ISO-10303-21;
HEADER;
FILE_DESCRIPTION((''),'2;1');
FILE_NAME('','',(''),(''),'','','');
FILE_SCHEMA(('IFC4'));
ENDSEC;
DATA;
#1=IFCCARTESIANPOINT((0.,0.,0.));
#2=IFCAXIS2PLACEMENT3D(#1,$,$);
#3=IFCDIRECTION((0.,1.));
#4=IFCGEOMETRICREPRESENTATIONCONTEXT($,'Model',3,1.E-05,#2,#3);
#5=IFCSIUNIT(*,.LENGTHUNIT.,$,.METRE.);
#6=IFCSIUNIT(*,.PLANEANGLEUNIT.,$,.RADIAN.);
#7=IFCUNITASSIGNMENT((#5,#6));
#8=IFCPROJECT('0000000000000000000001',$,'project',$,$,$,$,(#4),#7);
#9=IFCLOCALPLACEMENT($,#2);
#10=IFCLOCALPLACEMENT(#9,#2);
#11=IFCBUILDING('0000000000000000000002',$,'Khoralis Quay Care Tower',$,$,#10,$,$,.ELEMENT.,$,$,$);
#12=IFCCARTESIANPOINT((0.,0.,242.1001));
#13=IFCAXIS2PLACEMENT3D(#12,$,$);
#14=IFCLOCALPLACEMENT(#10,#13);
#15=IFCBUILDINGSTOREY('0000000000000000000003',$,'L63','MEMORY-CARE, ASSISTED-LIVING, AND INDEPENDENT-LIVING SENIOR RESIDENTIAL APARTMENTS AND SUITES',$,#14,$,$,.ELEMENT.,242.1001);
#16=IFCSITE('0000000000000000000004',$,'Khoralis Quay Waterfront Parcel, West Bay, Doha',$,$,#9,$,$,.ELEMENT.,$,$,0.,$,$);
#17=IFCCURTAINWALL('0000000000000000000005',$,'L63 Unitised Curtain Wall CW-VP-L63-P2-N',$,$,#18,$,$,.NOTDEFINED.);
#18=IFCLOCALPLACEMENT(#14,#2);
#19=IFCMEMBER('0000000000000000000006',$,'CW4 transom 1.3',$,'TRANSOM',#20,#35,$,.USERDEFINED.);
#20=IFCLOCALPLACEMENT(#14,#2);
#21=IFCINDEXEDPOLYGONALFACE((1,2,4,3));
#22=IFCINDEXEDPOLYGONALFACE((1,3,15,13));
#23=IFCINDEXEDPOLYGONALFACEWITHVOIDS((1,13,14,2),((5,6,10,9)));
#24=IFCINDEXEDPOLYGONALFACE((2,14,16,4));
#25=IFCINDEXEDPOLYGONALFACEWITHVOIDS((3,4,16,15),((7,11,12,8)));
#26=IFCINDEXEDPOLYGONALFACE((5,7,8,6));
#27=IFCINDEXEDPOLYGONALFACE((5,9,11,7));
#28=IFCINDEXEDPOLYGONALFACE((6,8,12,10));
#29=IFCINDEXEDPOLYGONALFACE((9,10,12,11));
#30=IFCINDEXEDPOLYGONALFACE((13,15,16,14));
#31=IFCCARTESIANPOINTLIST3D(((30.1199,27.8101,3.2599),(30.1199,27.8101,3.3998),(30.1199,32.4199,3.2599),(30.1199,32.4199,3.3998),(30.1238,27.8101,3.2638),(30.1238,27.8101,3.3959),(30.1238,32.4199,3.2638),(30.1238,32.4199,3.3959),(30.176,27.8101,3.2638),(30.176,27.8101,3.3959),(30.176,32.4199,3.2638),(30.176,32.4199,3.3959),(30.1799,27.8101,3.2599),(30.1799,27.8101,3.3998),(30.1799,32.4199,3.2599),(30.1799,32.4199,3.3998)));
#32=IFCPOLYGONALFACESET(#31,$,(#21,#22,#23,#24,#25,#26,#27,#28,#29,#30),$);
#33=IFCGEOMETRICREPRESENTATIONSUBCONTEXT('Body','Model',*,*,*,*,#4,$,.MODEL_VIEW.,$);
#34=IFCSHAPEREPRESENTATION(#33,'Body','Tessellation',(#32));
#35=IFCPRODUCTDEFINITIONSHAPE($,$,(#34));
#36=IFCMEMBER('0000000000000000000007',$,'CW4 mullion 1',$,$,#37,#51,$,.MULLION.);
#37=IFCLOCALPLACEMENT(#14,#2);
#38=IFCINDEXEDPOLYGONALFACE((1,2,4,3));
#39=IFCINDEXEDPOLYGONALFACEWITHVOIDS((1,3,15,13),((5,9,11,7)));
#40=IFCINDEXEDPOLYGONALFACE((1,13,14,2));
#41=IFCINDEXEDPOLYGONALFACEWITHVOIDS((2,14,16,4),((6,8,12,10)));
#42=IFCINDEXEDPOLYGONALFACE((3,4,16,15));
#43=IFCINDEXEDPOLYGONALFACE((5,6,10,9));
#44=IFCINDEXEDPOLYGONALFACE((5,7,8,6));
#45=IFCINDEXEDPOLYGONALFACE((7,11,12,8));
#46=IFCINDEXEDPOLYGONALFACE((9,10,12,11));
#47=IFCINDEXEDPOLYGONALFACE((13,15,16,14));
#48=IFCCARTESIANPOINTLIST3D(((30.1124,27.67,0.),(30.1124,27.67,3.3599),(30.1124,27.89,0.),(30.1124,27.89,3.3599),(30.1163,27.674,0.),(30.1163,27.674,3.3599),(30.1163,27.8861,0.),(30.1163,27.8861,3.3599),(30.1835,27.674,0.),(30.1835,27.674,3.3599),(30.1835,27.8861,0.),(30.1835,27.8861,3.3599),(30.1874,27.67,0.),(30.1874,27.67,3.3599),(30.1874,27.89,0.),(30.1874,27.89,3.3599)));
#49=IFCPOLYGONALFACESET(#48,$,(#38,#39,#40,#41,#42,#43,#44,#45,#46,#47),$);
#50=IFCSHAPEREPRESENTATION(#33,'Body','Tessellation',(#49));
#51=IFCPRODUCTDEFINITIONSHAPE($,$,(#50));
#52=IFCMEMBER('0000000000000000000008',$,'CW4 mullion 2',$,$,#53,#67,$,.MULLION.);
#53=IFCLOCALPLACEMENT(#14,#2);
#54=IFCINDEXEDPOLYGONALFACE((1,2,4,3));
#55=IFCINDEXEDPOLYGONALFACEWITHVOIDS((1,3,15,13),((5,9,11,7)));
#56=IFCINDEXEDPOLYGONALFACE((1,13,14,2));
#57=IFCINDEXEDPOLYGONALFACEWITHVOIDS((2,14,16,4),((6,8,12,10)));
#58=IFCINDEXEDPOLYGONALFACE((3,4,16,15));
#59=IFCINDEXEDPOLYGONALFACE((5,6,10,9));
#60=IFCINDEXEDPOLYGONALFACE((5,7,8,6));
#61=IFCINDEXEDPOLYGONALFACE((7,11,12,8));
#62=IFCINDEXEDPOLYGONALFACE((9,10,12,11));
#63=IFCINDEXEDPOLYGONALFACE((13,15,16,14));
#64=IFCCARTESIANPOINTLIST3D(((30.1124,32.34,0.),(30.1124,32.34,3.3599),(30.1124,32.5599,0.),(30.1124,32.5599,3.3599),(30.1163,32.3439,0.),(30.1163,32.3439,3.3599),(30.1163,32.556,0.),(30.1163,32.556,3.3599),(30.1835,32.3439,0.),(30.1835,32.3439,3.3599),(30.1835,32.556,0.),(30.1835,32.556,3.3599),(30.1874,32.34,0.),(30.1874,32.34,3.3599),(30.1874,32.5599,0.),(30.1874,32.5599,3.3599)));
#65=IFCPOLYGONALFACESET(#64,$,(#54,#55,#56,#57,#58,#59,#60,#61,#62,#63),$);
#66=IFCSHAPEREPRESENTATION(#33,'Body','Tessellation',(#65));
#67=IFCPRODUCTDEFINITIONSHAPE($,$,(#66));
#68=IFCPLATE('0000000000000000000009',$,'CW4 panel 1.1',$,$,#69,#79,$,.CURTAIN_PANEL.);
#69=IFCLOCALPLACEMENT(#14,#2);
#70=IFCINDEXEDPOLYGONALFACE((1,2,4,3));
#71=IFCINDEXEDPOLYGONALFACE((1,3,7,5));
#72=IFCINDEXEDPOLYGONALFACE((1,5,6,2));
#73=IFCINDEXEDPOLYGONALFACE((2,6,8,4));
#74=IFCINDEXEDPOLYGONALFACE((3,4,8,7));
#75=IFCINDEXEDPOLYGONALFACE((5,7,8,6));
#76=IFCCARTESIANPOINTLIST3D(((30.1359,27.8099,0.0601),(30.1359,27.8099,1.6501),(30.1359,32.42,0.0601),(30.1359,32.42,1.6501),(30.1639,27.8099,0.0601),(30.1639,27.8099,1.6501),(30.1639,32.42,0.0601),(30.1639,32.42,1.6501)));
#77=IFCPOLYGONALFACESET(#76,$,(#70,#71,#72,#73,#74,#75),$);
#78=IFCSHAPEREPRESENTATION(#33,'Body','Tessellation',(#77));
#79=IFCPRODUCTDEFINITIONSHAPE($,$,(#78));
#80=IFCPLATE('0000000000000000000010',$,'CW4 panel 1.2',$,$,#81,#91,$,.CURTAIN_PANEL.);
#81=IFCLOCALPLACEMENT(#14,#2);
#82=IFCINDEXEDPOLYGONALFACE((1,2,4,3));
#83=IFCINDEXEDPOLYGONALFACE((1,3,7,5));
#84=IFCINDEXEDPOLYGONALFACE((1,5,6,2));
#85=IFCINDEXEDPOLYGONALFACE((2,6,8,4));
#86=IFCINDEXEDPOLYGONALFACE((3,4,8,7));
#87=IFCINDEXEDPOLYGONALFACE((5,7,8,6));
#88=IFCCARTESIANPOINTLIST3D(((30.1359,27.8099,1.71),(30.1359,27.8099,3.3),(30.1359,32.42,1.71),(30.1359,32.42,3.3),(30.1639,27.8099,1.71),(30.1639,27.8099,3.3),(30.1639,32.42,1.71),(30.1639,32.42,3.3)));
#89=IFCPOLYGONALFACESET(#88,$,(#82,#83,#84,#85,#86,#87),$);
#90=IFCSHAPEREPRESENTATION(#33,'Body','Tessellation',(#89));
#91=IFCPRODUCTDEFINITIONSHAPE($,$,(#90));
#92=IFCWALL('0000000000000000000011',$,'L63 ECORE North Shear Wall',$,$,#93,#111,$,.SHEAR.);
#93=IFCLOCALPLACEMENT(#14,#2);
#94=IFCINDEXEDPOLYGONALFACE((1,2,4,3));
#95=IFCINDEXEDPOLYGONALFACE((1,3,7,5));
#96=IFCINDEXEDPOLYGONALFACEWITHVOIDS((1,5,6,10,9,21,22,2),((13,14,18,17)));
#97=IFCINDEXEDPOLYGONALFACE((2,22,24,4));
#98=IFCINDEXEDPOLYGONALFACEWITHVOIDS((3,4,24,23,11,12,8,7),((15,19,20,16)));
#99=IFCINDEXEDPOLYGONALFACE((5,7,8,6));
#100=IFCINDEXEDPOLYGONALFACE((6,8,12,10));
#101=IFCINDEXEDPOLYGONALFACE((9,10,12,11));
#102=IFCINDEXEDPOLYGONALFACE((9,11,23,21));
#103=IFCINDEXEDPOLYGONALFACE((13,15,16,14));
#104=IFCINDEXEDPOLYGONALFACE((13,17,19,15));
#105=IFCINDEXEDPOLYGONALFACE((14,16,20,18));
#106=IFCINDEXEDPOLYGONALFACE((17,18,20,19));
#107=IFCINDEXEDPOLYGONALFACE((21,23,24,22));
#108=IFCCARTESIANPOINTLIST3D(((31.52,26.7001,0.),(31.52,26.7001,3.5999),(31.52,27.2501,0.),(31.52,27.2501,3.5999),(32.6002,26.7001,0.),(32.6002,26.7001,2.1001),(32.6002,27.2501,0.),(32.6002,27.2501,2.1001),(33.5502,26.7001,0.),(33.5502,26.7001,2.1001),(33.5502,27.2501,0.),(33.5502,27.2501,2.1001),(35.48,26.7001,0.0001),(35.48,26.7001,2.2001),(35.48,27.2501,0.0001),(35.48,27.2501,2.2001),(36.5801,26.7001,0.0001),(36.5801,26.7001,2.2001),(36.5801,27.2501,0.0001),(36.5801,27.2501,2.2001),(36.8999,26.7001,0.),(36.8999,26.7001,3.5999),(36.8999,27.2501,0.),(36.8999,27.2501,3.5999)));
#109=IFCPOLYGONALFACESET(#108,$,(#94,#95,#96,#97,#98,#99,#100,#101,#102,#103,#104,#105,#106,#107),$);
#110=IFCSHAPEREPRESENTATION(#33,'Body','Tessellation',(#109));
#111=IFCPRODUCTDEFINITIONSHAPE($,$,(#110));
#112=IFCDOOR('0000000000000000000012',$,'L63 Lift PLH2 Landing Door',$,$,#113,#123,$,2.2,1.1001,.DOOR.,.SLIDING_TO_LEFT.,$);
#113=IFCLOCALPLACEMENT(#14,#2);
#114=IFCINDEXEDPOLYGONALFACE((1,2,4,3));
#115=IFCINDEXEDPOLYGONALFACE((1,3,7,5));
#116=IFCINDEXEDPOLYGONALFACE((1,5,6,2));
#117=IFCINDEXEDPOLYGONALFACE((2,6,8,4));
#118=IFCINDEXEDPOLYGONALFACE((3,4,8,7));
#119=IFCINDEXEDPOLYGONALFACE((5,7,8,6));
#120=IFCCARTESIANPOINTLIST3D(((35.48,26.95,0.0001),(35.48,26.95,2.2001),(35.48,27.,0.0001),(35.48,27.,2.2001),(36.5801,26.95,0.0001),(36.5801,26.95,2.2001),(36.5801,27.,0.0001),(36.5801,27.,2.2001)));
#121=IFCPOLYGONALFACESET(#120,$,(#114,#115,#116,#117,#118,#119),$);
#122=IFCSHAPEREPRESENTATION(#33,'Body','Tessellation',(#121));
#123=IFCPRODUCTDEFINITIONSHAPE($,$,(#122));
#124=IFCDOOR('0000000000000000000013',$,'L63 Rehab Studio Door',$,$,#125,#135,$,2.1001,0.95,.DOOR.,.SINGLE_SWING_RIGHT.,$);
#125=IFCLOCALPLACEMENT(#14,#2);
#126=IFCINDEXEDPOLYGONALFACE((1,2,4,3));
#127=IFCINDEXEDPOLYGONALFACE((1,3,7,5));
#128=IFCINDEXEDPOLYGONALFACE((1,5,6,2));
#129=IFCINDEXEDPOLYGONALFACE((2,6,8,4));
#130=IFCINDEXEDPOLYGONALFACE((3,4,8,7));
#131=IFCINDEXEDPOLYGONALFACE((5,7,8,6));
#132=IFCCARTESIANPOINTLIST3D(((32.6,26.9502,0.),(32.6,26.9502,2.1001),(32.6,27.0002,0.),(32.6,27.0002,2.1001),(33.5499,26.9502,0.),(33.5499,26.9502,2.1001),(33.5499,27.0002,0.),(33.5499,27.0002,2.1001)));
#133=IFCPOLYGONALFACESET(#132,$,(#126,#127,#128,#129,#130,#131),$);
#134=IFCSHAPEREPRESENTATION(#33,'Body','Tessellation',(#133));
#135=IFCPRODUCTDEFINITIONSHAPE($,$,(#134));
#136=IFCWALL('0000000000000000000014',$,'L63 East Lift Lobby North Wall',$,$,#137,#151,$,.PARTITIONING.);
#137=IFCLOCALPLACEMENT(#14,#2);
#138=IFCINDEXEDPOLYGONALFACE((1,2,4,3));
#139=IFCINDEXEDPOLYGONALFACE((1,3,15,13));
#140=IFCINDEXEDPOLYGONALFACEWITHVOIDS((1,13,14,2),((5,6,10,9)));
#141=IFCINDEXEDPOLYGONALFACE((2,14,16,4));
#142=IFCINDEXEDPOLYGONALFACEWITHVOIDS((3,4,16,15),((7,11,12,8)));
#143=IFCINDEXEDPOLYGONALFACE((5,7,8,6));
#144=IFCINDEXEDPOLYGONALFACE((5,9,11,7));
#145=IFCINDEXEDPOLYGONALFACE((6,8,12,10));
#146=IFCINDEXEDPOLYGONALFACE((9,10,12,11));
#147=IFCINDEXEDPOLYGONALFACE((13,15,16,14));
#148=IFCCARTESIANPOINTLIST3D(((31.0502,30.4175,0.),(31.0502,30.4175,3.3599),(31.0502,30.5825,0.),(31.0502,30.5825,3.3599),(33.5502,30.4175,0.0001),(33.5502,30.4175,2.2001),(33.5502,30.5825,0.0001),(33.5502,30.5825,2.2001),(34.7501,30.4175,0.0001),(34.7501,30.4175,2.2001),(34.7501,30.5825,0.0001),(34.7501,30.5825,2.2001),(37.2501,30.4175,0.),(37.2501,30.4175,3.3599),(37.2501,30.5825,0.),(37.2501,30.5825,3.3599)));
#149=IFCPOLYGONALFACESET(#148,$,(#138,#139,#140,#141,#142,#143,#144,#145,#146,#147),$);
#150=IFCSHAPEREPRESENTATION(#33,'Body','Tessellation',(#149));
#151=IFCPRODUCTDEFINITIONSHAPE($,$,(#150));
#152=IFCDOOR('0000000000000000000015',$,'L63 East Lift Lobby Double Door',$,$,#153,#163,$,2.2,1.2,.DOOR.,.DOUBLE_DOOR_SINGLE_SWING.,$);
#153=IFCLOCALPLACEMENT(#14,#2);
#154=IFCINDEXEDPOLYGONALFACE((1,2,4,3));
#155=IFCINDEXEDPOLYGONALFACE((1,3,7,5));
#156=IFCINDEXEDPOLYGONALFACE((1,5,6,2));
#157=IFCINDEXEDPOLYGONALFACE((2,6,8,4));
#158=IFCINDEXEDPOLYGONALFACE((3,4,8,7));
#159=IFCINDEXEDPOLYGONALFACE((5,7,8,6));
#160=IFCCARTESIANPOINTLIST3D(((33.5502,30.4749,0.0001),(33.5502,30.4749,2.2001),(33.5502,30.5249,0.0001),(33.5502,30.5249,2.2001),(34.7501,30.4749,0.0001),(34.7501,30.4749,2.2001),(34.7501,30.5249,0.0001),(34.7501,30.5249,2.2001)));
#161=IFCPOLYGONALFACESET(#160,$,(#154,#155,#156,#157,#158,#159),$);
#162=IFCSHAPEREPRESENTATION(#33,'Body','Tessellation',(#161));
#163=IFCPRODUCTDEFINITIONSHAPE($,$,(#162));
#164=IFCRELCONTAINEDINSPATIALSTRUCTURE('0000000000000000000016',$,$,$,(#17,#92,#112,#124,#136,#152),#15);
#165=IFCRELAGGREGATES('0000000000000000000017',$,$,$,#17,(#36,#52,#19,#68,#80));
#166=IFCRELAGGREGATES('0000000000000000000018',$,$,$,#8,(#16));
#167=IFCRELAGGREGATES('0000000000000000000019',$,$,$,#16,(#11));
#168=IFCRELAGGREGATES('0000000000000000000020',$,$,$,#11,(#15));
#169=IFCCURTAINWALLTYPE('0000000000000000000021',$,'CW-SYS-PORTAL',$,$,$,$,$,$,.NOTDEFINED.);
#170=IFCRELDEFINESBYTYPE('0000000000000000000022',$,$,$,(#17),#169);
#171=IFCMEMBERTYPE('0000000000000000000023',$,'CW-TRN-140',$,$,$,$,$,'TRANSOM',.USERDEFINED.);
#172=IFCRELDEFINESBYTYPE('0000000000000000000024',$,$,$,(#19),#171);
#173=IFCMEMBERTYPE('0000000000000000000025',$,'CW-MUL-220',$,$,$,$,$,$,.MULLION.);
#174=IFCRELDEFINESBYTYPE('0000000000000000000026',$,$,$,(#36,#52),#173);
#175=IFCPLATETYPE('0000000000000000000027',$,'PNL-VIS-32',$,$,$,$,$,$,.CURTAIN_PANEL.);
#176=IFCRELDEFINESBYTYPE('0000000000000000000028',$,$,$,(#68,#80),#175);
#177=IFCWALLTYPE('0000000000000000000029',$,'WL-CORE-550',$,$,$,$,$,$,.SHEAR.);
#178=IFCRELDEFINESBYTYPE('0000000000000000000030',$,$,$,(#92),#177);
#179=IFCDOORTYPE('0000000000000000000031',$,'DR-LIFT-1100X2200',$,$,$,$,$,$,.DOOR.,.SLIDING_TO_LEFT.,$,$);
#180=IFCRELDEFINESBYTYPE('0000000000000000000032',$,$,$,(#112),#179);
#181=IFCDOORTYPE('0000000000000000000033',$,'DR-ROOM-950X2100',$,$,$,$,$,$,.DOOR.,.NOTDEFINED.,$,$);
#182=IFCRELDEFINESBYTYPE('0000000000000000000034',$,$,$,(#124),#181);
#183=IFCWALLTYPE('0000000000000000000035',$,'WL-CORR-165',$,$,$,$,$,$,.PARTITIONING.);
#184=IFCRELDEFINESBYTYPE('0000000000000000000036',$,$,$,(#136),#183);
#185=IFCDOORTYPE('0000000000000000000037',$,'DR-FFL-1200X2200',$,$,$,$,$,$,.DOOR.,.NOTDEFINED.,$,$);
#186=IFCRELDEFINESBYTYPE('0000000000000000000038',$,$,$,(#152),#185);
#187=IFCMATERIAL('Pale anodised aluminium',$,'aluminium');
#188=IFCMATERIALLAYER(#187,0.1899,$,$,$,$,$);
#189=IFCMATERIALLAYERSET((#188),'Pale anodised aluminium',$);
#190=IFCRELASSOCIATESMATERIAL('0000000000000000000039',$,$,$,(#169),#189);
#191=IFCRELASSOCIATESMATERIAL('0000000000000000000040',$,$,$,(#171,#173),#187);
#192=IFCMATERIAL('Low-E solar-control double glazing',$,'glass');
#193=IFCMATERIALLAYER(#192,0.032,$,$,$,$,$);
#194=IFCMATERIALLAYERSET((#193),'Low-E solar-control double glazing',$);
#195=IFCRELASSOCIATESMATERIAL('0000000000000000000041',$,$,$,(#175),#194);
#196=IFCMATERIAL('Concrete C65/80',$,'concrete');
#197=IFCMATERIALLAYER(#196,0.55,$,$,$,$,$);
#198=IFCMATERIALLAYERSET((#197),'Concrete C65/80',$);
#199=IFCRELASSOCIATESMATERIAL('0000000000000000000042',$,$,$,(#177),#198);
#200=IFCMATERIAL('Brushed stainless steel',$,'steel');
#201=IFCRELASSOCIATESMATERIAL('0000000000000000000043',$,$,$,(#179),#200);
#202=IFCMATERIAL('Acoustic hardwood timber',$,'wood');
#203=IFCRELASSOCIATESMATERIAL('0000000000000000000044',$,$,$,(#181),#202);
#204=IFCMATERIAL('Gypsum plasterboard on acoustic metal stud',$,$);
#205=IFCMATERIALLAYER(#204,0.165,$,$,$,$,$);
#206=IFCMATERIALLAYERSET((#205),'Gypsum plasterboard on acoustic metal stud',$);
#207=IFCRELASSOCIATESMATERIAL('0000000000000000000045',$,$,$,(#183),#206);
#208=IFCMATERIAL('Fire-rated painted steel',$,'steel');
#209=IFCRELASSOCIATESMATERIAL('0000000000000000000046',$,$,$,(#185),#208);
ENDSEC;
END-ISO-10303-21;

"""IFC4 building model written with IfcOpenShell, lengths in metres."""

from ifc_helpers import new_model, si_unit, direction, frame, frame_2d, origin, origin_2d, place, context, subcontext, project, spatial, rectangle, hollow_rectangle, extrude, source, transform, mapped, material, layer, layer_set, material_profile, profile_set, type_object, element, fill, aggregate, save


model = new_model("IFC4")

# Units and contexts
model_context = context("Model", 3, precision=1e-05, world=origin(), true_north=direction((0.0, 1.0)))
body_context = subcontext(model_context, "Body", "Model", "MODEL_VIEW")
ifc_project = project(units=[si_unit("LENGTHUNIT", "METRE"), si_unit("PLANEANGLEUNIT", "RADIAN")], contexts=[model_context])

# Site, building, storey
site_placement = place(None, origin())
site = spatial("IfcSite", under=ifc_project, at=site_placement, Name="Khoralis Quay Waterfront Parcel, West Bay, Doha", CompositionType="ELEMENT", RefElevation=0.0)
building_placement = place(site_placement, origin())
building = spatial("IfcBuilding", under=site, at=building_placement, Name="Khoralis Quay Care Tower", CompositionType="ELEMENT")
storey_placement = place(building_placement, frame((0.0, 0.0, 242.1001)))
storey = spatial("IfcBuildingStorey", under=building, at=storey_placement, Name="L63", Description="MEMORY-CARE, ASSISTED-LIVING, AND INDEPENDENT-LIVING SENIOR RESIDENTIAL APARTMENTS AND SUITES", CompositionType="ELEMENT", Elevation=242.1001)

# Curtain wall, members, plates
ifc_material_1 = material(Name="Pale anodised aluminium", Category="aluminium")
ifc_layer_1 = layer(ifc_material_1, 0.1899)
ifc_layer_set_1 = layer_set([ifc_layer_1], Name="Pale anodised aluminium")
curtain_wall_type = type_object("IfcCurtainWallType", Name="CW-SYS-PORTAL", PredefinedType="NOTDEFINED", material=ifc_layer_set_1)
curtain_wall_placement = place(storey_placement, origin())
curtain_wall = element("IfcCurtainWall", 1, at=curtain_wall_placement, inside=storey, type_object=curtain_wall_type, Name="L63 Unitised Curtain Wall CW-VP-L63-P2-N", PredefinedType="NOTDEFINED")
ifc_material_profile_1 = material_profile(ifc_material_1, hollow_rectangle(XDim=0.0601, YDim=0.1399, WallThickness=0.0039, at=origin_2d()), Name="Pale anodised aluminium")
ifc_profile_set_1 = profile_set([ifc_material_profile_1], Name="Pale anodised aluminium")
member_type_1 = type_object("IfcMemberType", Name="CW-TRN-140", ElementType="TRANSOM", PredefinedType="USERDEFINED", material=ifc_profile_set_1)
shared_shape_1 = source(origin(), body_context, "Body", "SweptSolid", [
    extrude(hollow_rectangle(XDim=0.0601, YDim=0.1399, WallThickness=0.0039, at=origin_2d()), origin(), (0.0, 0.0, 1.0), 4.6099),
])
member_1_placement = place(storey_placement, frame((30.1499, 27.8101, 3.3298), z_axis=(0.0, 1.0, 0.0), x_axis=(-1.0, 0.0, 0.0)))
member_1 = element("IfcMember", 2, at=member_1_placement, type_object=member_type_1, Name="CW4 transom 1.3", ObjectType="TRANSOM", PredefinedType="USERDEFINED", context=body_context, shape_type="MappedRepresentation", body=[
    mapped(shared_shape_1, transform((0.0, 0.0, 0.0), scale=1.0)),
])
ifc_material_profile_2 = material_profile(ifc_material_1, hollow_rectangle(XDim=0.075, YDim=0.22, WallThickness=0.0039, at=origin_2d()), Name="Pale anodised aluminium")
ifc_profile_set_2 = profile_set([ifc_material_profile_2], Name="Pale anodised aluminium")
member_type_2 = type_object("IfcMemberType", Name="CW-MUL-220", PredefinedType="MULLION", material=ifc_profile_set_2)
shared_shape_2 = source(origin(), body_context, "Body", "SweptSolid", [
    extrude(hollow_rectangle(XDim=0.075, YDim=0.22, WallThickness=0.0039, at=origin_2d()), origin(), (0.0, 0.0, 1.0), 3.3599),
])
member_2_placement = place(storey_placement, frame((30.1499, 27.78, 0.0), z_axis=(0.0, 0.0, 1.0), x_axis=(-1.0, 0.0, 0.0)))
member_2 = element("IfcMember", 3, at=member_2_placement, type_object=member_type_2, Name="CW4 mullion 1", PredefinedType="MULLION", context=body_context, shape_type="MappedRepresentation", body=[
    mapped(shared_shape_2, transform((0.0, 0.0, 0.0), scale=1.0)),
])
member_3_placement = place(storey_placement, frame((30.1499, 32.45, 0.0), z_axis=(0.0, 0.0, 1.0), x_axis=(-1.0, 0.0, 0.0)))
member_3 = element("IfcMember", 4, at=member_3_placement, type_object=member_type_2, Name="CW4 mullion 2", PredefinedType="MULLION", context=body_context, shape_type="MappedRepresentation", body=[
    mapped(shared_shape_2, transform((0.0, 0.0, 0.0), scale=1.0)),
])
ifc_material_2 = material(Name="Low-E solar-control double glazing", Category="glass")
ifc_layer_2 = layer(ifc_material_2, 0.032)
ifc_layer_set_2 = layer_set([ifc_layer_2], Name="Low-E solar-control double glazing")
plate_type = type_object("IfcPlateType", Name="PNL-VIS-32", PredefinedType="CURTAIN_PANEL", material=ifc_layer_set_2)
shared_shape_3 = source(origin(), body_context, "Body", "SweptSolid", [
    extrude(rectangle(XDim=4.6101, YDim=0.0281, at=origin_2d()), origin(), (0.0, 0.0, 1.0), 1.5901),
])
plate_1_placement = place(storey_placement, frame((30.1499, 30.115, 0.0601), z_axis=(0.0, 0.0, 1.0), x_axis=(0.0, 1.0, 0.0)))
plate_1 = element("IfcPlate", 5, at=plate_1_placement, type_object=plate_type, Name="CW4 panel 1.1", PredefinedType="CURTAIN_PANEL", context=body_context, shape_type="MappedRepresentation", body=[
    mapped(shared_shape_3, transform((0.0, 0.0, 0.0), scale=1.0)),
])
plate_2_placement = place(storey_placement, frame((30.1499, 30.115, 1.71), z_axis=(0.0, 0.0, 1.0), x_axis=(0.0, 1.0, 0.0)))
plate_2 = element("IfcPlate", 6, at=plate_2_placement, type_object=plate_type, Name="CW4 panel 1.2", PredefinedType="CURTAIN_PANEL", context=body_context, shape_type="MappedRepresentation", body=[
    mapped(shared_shape_3, transform((0.0, 0.0, 0.0), scale=1.0)),
])
aggregate(curtain_wall, [member_2, member_3, member_1, plate_1, plate_2])

# Wall, openings, doors
ifc_material_3 = material(Name="Concrete C65/80", Category="concrete")
ifc_layer_3 = layer(ifc_material_3, 0.55)
ifc_layer_set_3 = layer_set([ifc_layer_3], Name="Concrete C65/80")
wall_type_1 = type_object("IfcWallType", Name="WL-CORE-550", PredefinedType="SHEAR", material=ifc_layer_set_3)
wall_1_placement = place(storey_placement, frame((31.52, 26.9751, 0.0), z_axis=(0.0, 0.0, 1.0), x_axis=(1.0, 0.0, 0.0)))
wall_1 = element("IfcWall", 7, at=wall_1_placement, inside=storey, type_object=wall_type_1, Name="L63 ECORE North Shear Wall", PredefinedType="SHEAR", context=body_context, shape_type="SweptSolid", body=[
    extrude(rectangle(XDim=5.3799, YDim=0.55, at=frame_2d((2.6899, 0.0))), origin(), (0.0, 0.0, 1.0), 3.5999),
])
opening_1_placement = place(wall_1_placement, frame((1.0801, 0.0, 0.0)))
opening_1 = element("IfcOpeningElement", 8, at=opening_1_placement, cuts=wall_1, PredefinedType="OPENING", context=body_context, shape_type="SweptSolid", body=[
    extrude(rectangle(XDim=0.95, YDim=2.1001, at=frame_2d((0.4751, 1.05))), frame((0.0, 0.2852, 0.0), z_axis=(0.0, -1.0, 0.0), x_axis=(1.0, 0.0, 0.0)), (0.0, 0.0, 1.0), 0.5701),
])
opening_2_placement = place(wall_1_placement, frame((3.96, 0.0, 0.0)))
opening_2 = element("IfcOpeningElement", 9, at=opening_2_placement, cuts=wall_1, PredefinedType="OPENING", context=body_context, shape_type="SweptSolid", body=[
    extrude(rectangle(XDim=1.1001, YDim=2.2, at=frame_2d((0.55, 1.1001))), frame((0.0, 0.2852, 0.0), z_axis=(0.0, -1.0, 0.0), x_axis=(1.0, 0.0, 0.0)), (0.0, 0.0, 1.0), 0.5701),
])
ifc_material_4 = material(Name="Brushed stainless steel", Category="steel")
door_type_1 = type_object("IfcDoorType", Name="DR-LIFT-1100X2200", OperationType="SLIDING_TO_LEFT", PredefinedType="DOOR", material=ifc_material_4)
shared_shape_4 = source(origin(), body_context, "Body", "SweptSolid", [
    extrude(rectangle(XDim=1.1001, YDim=2.2, at=frame_2d((0.55, 1.1001))), frame((0.0, 0.0249, 0.0), z_axis=(0.0, -1.0, 0.0), x_axis=(1.0, 0.0, 0.0)), (0.0, 0.0, 1.0), 0.05),
])
door_1_placement = place(opening_2_placement, origin())
door_1 = element("IfcDoor", 10, at=door_1_placement, inside=storey, type_object=door_type_1, Name="L63 Lift PLH2 Landing Door", OperationType="SLIDING_TO_LEFT", OverallHeight=2.2, OverallWidth=1.1001, PredefinedType="DOOR", context=body_context, shape_type="MappedRepresentation", body=[
    mapped(shared_shape_4, transform((0.0, 0.0, 0.0), scale=1.0)),
])
fill(opening_2, door_1)
ifc_material_5 = material(Name="Acoustic hardwood timber", Category="wood")
door_type_2 = type_object("IfcDoorType", Name="DR-ROOM-950X2100", OperationType="NOTDEFINED", PredefinedType="DOOR", material=ifc_material_5)
shared_shape_5 = source(origin(), body_context, "Body", "SweptSolid", [
    extrude(rectangle(XDim=0.95, YDim=2.1001, at=frame_2d((0.4751, 1.05))), frame((0.0, 0.0249, 0.0), z_axis=(0.0, -1.0, 0.0), x_axis=(1.0, 0.0, 0.0)), (0.0, 0.0, 1.0), 0.05),
])
door_2_placement = place(opening_1_placement, frame((0.95, 0.0, 0.0), z_axis=(0.0, 0.0, 1.0), x_axis=(-1.0, 0.0, 0.0)))
door_2 = element("IfcDoor", 11, at=door_2_placement, inside=storey, type_object=door_type_2, Name="L63 Rehab Studio Door", OperationType="SINGLE_SWING_RIGHT", OverallHeight=2.1001, OverallWidth=0.95, PredefinedType="DOOR", context=body_context, shape_type="MappedRepresentation", body=[
    mapped(shared_shape_5, transform((0.0, 0.0, 0.0), scale=1.0)),
])
fill(opening_1, door_2)

# Wall, opening, door
ifc_material_6 = material(Name="Gypsum plasterboard on acoustic metal stud")
ifc_layer_4 = layer(ifc_material_6, 0.165)
ifc_layer_set_4 = layer_set([ifc_layer_4], Name="Gypsum plasterboard on acoustic metal stud")
wall_type_2 = type_object("IfcWallType", Name="WL-CORR-165", PredefinedType="PARTITIONING", material=ifc_layer_set_4)
wall_2_placement = place(storey_placement, frame((31.05, 30.5, 0.0), z_axis=(0.0, 0.0, 1.0), x_axis=(1.0, 0.0, 0.0)))
wall_2 = element("IfcWall", 12, at=wall_2_placement, inside=storey, type_object=wall_type_2, Name="L63 East Lift Lobby North Wall", PredefinedType="PARTITIONING", context=body_context, shape_type="SweptSolid", body=[
    extrude(rectangle(XDim=6.2, YDim=0.165, at=frame_2d((3.1001, 0.0))), origin(), (0.0, 0.0, 1.0), 3.3599),
])
opening_3_placement = place(wall_2_placement, frame((2.5, 0.0, 0.0)))
opening_3 = element("IfcOpeningElement", 13, at=opening_3_placement, cuts=wall_2, PredefinedType="OPENING", context=body_context, shape_type="SweptSolid", body=[
    extrude(rectangle(XDim=1.2, YDim=2.2, at=frame_2d((0.6001, 1.1001))), frame((0.0, 0.0925, 0.0), z_axis=(0.0, -1.0, 0.0), x_axis=(1.0, 0.0, 0.0)), (0.0, 0.0, 1.0), 0.1851),
])
ifc_material_7 = material(Name="Fire-rated painted steel", Category="steel")
door_type_3 = type_object("IfcDoorType", Name="DR-FFL-1200X2200", OperationType="NOTDEFINED", PredefinedType="DOOR", material=ifc_material_7)
shared_shape_6 = source(origin(), body_context, "Body", "SweptSolid", [
    extrude(rectangle(XDim=1.2, YDim=2.2, at=frame_2d((0.6001, 1.1001))), frame((0.0, 0.0249, 0.0), z_axis=(0.0, -1.0, 0.0), x_axis=(1.0, 0.0, 0.0)), (0.0, 0.0, 1.0), 0.05),
])
door_3_placement = place(opening_3_placement, origin())
door_3 = element("IfcDoor", 14, at=door_3_placement, inside=storey, type_object=door_type_3, Name="L63 East Lift Lobby Double Door", OperationType="DOUBLE_DOOR_SINGLE_SWING", OverallHeight=2.2, OverallWidth=1.2, PredefinedType="DOOR", context=body_context, shape_type="MappedRepresentation", body=[
    mapped(shared_shape_6, transform((0.0, 0.0, 0.0), scale=1.0)),
])
fill(opening_3, door_3)

save(model, "model.ifc")
